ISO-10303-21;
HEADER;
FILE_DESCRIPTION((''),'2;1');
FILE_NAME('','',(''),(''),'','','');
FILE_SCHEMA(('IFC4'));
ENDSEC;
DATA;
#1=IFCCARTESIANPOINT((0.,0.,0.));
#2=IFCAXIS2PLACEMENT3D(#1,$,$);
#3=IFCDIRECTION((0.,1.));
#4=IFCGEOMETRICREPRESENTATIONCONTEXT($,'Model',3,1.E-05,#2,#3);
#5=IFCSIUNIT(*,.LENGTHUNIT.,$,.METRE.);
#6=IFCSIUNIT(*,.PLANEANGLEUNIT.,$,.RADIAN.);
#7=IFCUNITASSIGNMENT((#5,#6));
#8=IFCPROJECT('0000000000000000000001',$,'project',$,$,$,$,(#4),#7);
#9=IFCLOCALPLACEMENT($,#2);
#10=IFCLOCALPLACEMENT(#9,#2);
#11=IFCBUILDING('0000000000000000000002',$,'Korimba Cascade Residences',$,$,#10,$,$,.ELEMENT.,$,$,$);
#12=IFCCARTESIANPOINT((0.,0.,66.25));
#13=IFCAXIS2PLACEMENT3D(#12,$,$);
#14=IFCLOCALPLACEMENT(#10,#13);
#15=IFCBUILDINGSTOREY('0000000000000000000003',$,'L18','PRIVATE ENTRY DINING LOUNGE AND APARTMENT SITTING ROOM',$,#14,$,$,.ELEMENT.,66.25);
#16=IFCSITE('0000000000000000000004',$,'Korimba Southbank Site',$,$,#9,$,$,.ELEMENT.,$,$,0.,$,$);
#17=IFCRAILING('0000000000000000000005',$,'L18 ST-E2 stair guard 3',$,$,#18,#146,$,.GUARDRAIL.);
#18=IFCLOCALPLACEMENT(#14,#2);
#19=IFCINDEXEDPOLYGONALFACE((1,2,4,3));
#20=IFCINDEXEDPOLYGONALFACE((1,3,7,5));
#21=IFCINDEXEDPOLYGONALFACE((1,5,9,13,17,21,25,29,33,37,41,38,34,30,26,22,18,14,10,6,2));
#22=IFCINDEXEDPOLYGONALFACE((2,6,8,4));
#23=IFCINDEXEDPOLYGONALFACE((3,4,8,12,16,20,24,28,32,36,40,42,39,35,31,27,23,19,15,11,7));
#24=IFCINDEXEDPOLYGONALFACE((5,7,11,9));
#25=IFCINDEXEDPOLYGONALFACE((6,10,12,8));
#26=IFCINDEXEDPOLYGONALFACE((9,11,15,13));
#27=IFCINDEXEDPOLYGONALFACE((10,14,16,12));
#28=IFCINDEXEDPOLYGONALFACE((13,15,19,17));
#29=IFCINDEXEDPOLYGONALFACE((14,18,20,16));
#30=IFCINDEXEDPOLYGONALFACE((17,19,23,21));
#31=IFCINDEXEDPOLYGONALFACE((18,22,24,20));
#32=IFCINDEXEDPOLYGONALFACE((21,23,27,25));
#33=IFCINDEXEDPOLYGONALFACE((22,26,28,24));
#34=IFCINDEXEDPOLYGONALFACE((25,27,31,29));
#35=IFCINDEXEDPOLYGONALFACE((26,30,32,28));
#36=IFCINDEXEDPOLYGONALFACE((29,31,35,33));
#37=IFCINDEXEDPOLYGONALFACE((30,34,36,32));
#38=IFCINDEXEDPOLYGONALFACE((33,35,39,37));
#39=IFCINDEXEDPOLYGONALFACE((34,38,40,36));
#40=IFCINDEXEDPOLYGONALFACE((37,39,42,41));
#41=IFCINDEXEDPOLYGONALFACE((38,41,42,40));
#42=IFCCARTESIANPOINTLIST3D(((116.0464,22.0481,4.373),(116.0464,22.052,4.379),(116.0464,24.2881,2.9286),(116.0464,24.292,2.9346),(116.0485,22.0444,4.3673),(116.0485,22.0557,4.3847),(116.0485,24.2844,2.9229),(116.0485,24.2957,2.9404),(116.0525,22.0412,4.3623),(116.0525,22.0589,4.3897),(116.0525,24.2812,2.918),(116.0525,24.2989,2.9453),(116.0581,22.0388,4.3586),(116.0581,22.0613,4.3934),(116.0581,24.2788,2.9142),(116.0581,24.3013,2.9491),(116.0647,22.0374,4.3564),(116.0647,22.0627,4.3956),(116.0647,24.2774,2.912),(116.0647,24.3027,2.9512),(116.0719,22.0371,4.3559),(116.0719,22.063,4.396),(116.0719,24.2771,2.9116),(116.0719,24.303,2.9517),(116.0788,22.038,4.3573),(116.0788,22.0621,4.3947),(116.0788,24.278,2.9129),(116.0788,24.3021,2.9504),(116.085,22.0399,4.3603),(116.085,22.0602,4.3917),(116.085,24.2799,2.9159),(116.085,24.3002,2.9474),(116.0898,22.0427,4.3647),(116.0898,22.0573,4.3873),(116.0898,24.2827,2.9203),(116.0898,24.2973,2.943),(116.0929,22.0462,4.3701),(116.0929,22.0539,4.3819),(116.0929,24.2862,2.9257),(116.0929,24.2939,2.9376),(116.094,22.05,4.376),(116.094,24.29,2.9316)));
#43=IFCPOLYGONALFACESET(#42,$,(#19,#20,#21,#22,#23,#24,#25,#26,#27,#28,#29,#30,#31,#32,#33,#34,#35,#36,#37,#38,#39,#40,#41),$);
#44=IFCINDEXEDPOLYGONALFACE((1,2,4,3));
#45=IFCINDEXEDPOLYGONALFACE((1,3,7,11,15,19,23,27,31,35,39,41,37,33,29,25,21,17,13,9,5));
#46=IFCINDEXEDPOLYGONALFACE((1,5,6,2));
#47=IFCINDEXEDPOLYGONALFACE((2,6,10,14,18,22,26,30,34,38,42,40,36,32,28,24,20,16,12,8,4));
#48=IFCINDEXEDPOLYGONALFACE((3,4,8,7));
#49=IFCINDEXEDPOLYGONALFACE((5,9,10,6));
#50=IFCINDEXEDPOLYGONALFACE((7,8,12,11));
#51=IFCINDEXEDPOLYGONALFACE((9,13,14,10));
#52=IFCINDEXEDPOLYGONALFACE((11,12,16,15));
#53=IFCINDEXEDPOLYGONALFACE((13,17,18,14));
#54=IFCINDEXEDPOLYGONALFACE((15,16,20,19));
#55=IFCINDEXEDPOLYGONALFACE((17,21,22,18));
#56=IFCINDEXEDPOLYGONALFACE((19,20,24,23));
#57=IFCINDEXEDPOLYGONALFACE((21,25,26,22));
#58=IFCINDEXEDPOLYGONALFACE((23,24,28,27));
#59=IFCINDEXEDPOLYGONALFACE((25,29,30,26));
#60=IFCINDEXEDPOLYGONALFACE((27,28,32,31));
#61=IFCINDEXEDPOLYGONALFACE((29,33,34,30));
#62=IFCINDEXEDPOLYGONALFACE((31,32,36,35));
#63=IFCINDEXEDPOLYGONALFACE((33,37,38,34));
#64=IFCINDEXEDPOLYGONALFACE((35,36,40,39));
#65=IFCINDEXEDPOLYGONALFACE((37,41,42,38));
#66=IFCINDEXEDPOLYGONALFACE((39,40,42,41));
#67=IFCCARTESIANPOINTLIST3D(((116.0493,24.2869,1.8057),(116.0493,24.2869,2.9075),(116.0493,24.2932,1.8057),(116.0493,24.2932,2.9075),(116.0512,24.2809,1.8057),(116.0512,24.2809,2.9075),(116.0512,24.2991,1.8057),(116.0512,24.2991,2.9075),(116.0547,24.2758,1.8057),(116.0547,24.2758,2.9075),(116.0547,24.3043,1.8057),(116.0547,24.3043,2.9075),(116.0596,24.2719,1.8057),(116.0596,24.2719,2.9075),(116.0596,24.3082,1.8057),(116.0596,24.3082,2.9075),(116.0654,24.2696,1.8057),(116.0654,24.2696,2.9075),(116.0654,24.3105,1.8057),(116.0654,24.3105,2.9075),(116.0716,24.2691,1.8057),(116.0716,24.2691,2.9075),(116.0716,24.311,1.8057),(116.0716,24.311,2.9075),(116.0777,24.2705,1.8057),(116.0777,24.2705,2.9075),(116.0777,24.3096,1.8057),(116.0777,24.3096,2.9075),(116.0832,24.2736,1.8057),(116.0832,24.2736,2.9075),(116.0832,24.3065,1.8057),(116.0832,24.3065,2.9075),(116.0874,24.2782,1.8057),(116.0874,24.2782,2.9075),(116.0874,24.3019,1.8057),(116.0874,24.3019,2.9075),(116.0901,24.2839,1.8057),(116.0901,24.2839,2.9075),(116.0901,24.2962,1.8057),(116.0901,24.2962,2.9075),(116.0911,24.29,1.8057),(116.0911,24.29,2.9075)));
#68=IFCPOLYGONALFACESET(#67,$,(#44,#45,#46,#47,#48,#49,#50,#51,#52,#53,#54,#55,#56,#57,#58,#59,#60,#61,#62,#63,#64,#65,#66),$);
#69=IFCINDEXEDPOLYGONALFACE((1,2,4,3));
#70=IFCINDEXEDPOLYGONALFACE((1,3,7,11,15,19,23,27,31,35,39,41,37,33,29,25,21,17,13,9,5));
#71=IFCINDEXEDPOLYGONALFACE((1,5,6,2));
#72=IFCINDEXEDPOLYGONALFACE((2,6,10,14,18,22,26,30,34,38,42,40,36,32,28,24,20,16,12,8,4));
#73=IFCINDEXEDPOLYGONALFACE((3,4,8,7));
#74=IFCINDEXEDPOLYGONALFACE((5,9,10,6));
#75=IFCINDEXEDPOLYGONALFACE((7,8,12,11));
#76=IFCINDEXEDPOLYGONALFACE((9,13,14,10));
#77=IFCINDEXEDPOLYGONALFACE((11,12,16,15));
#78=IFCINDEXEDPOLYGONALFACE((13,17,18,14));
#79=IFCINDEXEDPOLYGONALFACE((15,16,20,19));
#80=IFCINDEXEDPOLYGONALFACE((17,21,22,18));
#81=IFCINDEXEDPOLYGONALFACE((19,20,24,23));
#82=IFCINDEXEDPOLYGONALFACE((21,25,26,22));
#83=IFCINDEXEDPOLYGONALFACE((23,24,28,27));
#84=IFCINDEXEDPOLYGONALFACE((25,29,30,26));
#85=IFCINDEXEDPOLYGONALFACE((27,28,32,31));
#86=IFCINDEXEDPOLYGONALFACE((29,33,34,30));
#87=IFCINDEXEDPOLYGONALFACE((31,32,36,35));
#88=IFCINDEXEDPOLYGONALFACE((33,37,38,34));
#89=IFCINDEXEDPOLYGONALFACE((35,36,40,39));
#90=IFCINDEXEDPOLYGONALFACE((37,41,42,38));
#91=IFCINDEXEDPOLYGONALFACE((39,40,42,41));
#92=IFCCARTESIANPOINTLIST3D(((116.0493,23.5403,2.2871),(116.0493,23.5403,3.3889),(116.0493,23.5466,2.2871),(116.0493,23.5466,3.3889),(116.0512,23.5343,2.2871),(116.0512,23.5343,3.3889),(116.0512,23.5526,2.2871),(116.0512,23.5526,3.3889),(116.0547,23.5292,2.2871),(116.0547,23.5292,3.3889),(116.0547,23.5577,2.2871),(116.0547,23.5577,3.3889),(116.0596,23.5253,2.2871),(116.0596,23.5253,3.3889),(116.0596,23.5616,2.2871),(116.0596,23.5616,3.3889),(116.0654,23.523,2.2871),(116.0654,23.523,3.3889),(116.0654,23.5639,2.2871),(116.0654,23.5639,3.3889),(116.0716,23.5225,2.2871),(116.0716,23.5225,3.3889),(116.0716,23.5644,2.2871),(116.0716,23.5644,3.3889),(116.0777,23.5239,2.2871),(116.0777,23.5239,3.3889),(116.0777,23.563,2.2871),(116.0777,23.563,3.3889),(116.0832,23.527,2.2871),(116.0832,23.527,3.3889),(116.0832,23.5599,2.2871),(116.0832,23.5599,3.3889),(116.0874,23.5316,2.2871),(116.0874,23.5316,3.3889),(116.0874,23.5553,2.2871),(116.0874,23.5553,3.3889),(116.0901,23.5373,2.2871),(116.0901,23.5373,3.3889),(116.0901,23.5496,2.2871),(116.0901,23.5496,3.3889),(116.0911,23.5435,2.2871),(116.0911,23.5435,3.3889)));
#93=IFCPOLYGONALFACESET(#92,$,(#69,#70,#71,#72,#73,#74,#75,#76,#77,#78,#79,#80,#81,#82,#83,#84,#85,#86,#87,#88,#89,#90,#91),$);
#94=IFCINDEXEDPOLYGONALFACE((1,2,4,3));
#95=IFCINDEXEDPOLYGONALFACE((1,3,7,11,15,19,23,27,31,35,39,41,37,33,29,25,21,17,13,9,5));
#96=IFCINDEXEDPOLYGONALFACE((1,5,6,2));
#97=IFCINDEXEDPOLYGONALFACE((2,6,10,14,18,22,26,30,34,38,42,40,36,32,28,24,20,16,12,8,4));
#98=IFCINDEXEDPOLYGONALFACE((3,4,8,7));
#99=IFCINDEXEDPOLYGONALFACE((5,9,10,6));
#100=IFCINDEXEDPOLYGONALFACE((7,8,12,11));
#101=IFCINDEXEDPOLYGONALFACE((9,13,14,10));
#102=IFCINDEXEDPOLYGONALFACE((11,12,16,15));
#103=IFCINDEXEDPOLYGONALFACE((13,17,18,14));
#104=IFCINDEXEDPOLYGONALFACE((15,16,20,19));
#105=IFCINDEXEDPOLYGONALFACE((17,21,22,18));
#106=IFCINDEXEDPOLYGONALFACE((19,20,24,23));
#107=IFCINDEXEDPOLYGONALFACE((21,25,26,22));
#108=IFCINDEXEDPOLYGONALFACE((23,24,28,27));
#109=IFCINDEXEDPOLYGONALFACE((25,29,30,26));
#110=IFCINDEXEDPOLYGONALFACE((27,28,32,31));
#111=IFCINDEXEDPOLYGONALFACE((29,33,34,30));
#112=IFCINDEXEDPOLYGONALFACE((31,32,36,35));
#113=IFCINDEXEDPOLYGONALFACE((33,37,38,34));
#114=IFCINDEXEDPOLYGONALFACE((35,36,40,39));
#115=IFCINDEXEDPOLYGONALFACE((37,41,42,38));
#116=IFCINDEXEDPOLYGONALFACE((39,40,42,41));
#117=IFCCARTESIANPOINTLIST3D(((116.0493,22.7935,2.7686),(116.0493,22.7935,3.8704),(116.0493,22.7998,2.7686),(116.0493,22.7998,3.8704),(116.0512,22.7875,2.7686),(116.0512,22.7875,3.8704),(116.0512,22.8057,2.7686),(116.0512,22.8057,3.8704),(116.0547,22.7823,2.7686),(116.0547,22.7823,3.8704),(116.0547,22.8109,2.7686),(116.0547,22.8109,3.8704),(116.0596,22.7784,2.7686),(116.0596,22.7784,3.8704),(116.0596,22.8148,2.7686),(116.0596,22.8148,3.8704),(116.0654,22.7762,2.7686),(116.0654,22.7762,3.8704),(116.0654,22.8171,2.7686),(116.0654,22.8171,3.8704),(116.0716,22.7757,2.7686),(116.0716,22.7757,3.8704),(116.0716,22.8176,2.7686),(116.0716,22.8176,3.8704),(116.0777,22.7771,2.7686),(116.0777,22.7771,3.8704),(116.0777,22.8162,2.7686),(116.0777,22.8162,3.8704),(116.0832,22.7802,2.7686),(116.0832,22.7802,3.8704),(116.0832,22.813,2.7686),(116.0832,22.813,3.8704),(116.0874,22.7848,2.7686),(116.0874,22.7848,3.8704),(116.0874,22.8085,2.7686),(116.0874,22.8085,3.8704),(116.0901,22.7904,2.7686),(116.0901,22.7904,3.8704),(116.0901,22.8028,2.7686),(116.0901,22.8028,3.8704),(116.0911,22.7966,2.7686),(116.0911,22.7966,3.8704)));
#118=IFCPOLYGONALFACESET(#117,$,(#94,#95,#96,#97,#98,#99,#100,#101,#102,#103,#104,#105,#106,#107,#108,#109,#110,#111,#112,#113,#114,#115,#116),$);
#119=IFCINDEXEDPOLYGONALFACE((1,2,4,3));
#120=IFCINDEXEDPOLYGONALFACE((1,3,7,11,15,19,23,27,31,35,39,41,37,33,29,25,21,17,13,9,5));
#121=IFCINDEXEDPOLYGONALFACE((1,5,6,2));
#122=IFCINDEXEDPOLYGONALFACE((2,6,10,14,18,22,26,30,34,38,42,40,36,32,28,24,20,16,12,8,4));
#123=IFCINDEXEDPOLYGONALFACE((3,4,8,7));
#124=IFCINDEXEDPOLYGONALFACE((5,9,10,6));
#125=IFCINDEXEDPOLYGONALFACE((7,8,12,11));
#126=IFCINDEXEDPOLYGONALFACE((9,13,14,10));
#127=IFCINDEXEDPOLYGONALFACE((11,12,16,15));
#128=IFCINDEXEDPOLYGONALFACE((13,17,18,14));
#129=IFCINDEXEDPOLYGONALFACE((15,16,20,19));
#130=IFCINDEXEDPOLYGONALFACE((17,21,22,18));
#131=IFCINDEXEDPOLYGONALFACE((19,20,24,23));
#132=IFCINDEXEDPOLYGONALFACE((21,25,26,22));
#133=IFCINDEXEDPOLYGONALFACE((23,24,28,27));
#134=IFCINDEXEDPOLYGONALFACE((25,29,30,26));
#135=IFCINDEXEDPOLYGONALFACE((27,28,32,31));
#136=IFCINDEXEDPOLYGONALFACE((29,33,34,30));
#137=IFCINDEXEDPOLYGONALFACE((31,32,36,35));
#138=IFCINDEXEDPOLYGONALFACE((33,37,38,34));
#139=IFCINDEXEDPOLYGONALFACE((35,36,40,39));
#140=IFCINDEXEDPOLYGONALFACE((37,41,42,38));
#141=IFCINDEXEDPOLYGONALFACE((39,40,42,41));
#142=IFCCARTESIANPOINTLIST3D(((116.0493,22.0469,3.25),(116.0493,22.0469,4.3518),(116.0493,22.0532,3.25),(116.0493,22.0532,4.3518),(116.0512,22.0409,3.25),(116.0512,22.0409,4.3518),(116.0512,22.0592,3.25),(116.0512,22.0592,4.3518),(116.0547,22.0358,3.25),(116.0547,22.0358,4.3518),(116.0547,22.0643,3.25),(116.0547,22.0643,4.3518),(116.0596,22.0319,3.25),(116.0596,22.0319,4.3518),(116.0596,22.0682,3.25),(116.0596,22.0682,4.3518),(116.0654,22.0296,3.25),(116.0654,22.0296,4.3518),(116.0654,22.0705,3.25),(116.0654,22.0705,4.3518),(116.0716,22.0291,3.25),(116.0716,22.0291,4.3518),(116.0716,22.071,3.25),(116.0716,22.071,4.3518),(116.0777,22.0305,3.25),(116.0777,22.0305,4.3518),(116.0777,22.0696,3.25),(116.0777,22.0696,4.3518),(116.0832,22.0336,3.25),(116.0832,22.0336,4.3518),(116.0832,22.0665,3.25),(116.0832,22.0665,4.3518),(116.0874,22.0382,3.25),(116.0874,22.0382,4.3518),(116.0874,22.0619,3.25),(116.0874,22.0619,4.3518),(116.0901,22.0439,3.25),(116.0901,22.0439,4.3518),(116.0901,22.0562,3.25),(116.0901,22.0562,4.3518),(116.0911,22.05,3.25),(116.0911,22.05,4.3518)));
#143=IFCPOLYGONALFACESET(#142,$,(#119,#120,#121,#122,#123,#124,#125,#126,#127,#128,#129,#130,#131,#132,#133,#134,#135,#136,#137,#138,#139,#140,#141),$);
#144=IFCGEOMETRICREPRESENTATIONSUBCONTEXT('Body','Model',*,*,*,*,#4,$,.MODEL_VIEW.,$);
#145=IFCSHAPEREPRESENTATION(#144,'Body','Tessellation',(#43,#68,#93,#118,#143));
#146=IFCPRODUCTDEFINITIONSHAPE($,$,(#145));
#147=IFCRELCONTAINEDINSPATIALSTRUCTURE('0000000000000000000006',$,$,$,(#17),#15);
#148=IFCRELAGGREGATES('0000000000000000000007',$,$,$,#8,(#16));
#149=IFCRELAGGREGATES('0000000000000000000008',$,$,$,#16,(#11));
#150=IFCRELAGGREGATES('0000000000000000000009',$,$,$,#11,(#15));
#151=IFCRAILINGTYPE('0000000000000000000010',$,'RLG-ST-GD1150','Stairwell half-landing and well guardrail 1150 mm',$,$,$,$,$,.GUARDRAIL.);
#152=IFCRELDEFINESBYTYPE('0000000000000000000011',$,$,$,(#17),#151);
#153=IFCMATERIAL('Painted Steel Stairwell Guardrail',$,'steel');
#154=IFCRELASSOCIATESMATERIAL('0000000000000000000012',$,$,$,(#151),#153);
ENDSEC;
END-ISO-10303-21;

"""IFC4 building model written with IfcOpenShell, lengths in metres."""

from ifc_helpers import new_model, si_unit, direction, frame, origin, origin_2d, place, context, subcontext, project, spatial, circle, extrude, material, type_object, element, save


model = new_model("IFC4")

# Units and contexts
model_context = context("Model", 3, precision=1e-05, world=origin(), true_north=direction((0.0, 1.0)))
body_context = subcontext(model_context, "Body", "Model", "MODEL_VIEW")
ifc_project = project(units=[si_unit("LENGTHUNIT", "METRE"), si_unit("PLANEANGLEUNIT", "RADIAN")], contexts=[model_context])

# Site, building, storey
site_placement = place(None, origin())
site = spatial("IfcSite", under=ifc_project, at=site_placement, Name="Korimba Southbank Site", CompositionType="ELEMENT", RefElevation=0.0)
building_placement = place(site_placement, origin())
building = spatial("IfcBuilding", under=site, at=building_placement, Name="Korimba Cascade Residences", CompositionType="ELEMENT")
storey_placement = place(building_placement, frame((0.0, 0.0, 66.25)))
storey = spatial("IfcBuildingStorey", under=building, at=storey_placement, Name="L18", Description="PRIVATE ENTRY DINING LOUNGE AND APARTMENT SITTING ROOM", CompositionType="ELEMENT", Elevation=66.25)

# Railing
ifc_material_1 = material(Name="Painted Steel Stairwell Guardrail", Category="steel")
railing_type_1 = type_object("IfcRailingType", Name="RLG-ST-GD1150", Description="Stairwell half-landing and well guardrail 1150 mm", PredefinedType="GUARDRAIL", material=ifc_material_1)
railing_1_placement = place(storey_placement, frame((116.0701, 24.29, 1.8057)))
element("IfcRailing", 1, at=railing_1_placement, inside=storey, type_object=railing_type_1, Name="L18 ST-E2 stair guard 3", PredefinedType="GUARDRAIL", context=body_context, shape_type="SweptSolid", body=[
    extrude(circle(Radius=0.0239, at=origin_2d()), frame((0.0, 0.0, 1.126), z_axis=(0.0, -0.840437, 0.54191), x_axis=(1.0, 0.0, 0.0)), (0.0, 0.0, 1.0), 2.6653),
    extrude(circle(Radius=0.021, at=origin_2d()), origin(), (0.0, 0.0, 1.0), 1.1018),
    extrude(circle(Radius=0.021, at=origin_2d()), frame((0.0, -0.7466, 0.4814)), (0.0, 0.0, 1.0), 1.1018),
    extrude(circle(Radius=0.021, at=origin_2d()), frame((0.0, -1.4934, 0.9629)), (0.0, 0.0, 1.0), 1.1018),
    extrude(circle(Radius=0.021, at=origin_2d()), frame((0.0, -2.24, 1.4443)), (0.0, 0.0, 1.0), 1.1018),
])

save(model, "model.ifc")
